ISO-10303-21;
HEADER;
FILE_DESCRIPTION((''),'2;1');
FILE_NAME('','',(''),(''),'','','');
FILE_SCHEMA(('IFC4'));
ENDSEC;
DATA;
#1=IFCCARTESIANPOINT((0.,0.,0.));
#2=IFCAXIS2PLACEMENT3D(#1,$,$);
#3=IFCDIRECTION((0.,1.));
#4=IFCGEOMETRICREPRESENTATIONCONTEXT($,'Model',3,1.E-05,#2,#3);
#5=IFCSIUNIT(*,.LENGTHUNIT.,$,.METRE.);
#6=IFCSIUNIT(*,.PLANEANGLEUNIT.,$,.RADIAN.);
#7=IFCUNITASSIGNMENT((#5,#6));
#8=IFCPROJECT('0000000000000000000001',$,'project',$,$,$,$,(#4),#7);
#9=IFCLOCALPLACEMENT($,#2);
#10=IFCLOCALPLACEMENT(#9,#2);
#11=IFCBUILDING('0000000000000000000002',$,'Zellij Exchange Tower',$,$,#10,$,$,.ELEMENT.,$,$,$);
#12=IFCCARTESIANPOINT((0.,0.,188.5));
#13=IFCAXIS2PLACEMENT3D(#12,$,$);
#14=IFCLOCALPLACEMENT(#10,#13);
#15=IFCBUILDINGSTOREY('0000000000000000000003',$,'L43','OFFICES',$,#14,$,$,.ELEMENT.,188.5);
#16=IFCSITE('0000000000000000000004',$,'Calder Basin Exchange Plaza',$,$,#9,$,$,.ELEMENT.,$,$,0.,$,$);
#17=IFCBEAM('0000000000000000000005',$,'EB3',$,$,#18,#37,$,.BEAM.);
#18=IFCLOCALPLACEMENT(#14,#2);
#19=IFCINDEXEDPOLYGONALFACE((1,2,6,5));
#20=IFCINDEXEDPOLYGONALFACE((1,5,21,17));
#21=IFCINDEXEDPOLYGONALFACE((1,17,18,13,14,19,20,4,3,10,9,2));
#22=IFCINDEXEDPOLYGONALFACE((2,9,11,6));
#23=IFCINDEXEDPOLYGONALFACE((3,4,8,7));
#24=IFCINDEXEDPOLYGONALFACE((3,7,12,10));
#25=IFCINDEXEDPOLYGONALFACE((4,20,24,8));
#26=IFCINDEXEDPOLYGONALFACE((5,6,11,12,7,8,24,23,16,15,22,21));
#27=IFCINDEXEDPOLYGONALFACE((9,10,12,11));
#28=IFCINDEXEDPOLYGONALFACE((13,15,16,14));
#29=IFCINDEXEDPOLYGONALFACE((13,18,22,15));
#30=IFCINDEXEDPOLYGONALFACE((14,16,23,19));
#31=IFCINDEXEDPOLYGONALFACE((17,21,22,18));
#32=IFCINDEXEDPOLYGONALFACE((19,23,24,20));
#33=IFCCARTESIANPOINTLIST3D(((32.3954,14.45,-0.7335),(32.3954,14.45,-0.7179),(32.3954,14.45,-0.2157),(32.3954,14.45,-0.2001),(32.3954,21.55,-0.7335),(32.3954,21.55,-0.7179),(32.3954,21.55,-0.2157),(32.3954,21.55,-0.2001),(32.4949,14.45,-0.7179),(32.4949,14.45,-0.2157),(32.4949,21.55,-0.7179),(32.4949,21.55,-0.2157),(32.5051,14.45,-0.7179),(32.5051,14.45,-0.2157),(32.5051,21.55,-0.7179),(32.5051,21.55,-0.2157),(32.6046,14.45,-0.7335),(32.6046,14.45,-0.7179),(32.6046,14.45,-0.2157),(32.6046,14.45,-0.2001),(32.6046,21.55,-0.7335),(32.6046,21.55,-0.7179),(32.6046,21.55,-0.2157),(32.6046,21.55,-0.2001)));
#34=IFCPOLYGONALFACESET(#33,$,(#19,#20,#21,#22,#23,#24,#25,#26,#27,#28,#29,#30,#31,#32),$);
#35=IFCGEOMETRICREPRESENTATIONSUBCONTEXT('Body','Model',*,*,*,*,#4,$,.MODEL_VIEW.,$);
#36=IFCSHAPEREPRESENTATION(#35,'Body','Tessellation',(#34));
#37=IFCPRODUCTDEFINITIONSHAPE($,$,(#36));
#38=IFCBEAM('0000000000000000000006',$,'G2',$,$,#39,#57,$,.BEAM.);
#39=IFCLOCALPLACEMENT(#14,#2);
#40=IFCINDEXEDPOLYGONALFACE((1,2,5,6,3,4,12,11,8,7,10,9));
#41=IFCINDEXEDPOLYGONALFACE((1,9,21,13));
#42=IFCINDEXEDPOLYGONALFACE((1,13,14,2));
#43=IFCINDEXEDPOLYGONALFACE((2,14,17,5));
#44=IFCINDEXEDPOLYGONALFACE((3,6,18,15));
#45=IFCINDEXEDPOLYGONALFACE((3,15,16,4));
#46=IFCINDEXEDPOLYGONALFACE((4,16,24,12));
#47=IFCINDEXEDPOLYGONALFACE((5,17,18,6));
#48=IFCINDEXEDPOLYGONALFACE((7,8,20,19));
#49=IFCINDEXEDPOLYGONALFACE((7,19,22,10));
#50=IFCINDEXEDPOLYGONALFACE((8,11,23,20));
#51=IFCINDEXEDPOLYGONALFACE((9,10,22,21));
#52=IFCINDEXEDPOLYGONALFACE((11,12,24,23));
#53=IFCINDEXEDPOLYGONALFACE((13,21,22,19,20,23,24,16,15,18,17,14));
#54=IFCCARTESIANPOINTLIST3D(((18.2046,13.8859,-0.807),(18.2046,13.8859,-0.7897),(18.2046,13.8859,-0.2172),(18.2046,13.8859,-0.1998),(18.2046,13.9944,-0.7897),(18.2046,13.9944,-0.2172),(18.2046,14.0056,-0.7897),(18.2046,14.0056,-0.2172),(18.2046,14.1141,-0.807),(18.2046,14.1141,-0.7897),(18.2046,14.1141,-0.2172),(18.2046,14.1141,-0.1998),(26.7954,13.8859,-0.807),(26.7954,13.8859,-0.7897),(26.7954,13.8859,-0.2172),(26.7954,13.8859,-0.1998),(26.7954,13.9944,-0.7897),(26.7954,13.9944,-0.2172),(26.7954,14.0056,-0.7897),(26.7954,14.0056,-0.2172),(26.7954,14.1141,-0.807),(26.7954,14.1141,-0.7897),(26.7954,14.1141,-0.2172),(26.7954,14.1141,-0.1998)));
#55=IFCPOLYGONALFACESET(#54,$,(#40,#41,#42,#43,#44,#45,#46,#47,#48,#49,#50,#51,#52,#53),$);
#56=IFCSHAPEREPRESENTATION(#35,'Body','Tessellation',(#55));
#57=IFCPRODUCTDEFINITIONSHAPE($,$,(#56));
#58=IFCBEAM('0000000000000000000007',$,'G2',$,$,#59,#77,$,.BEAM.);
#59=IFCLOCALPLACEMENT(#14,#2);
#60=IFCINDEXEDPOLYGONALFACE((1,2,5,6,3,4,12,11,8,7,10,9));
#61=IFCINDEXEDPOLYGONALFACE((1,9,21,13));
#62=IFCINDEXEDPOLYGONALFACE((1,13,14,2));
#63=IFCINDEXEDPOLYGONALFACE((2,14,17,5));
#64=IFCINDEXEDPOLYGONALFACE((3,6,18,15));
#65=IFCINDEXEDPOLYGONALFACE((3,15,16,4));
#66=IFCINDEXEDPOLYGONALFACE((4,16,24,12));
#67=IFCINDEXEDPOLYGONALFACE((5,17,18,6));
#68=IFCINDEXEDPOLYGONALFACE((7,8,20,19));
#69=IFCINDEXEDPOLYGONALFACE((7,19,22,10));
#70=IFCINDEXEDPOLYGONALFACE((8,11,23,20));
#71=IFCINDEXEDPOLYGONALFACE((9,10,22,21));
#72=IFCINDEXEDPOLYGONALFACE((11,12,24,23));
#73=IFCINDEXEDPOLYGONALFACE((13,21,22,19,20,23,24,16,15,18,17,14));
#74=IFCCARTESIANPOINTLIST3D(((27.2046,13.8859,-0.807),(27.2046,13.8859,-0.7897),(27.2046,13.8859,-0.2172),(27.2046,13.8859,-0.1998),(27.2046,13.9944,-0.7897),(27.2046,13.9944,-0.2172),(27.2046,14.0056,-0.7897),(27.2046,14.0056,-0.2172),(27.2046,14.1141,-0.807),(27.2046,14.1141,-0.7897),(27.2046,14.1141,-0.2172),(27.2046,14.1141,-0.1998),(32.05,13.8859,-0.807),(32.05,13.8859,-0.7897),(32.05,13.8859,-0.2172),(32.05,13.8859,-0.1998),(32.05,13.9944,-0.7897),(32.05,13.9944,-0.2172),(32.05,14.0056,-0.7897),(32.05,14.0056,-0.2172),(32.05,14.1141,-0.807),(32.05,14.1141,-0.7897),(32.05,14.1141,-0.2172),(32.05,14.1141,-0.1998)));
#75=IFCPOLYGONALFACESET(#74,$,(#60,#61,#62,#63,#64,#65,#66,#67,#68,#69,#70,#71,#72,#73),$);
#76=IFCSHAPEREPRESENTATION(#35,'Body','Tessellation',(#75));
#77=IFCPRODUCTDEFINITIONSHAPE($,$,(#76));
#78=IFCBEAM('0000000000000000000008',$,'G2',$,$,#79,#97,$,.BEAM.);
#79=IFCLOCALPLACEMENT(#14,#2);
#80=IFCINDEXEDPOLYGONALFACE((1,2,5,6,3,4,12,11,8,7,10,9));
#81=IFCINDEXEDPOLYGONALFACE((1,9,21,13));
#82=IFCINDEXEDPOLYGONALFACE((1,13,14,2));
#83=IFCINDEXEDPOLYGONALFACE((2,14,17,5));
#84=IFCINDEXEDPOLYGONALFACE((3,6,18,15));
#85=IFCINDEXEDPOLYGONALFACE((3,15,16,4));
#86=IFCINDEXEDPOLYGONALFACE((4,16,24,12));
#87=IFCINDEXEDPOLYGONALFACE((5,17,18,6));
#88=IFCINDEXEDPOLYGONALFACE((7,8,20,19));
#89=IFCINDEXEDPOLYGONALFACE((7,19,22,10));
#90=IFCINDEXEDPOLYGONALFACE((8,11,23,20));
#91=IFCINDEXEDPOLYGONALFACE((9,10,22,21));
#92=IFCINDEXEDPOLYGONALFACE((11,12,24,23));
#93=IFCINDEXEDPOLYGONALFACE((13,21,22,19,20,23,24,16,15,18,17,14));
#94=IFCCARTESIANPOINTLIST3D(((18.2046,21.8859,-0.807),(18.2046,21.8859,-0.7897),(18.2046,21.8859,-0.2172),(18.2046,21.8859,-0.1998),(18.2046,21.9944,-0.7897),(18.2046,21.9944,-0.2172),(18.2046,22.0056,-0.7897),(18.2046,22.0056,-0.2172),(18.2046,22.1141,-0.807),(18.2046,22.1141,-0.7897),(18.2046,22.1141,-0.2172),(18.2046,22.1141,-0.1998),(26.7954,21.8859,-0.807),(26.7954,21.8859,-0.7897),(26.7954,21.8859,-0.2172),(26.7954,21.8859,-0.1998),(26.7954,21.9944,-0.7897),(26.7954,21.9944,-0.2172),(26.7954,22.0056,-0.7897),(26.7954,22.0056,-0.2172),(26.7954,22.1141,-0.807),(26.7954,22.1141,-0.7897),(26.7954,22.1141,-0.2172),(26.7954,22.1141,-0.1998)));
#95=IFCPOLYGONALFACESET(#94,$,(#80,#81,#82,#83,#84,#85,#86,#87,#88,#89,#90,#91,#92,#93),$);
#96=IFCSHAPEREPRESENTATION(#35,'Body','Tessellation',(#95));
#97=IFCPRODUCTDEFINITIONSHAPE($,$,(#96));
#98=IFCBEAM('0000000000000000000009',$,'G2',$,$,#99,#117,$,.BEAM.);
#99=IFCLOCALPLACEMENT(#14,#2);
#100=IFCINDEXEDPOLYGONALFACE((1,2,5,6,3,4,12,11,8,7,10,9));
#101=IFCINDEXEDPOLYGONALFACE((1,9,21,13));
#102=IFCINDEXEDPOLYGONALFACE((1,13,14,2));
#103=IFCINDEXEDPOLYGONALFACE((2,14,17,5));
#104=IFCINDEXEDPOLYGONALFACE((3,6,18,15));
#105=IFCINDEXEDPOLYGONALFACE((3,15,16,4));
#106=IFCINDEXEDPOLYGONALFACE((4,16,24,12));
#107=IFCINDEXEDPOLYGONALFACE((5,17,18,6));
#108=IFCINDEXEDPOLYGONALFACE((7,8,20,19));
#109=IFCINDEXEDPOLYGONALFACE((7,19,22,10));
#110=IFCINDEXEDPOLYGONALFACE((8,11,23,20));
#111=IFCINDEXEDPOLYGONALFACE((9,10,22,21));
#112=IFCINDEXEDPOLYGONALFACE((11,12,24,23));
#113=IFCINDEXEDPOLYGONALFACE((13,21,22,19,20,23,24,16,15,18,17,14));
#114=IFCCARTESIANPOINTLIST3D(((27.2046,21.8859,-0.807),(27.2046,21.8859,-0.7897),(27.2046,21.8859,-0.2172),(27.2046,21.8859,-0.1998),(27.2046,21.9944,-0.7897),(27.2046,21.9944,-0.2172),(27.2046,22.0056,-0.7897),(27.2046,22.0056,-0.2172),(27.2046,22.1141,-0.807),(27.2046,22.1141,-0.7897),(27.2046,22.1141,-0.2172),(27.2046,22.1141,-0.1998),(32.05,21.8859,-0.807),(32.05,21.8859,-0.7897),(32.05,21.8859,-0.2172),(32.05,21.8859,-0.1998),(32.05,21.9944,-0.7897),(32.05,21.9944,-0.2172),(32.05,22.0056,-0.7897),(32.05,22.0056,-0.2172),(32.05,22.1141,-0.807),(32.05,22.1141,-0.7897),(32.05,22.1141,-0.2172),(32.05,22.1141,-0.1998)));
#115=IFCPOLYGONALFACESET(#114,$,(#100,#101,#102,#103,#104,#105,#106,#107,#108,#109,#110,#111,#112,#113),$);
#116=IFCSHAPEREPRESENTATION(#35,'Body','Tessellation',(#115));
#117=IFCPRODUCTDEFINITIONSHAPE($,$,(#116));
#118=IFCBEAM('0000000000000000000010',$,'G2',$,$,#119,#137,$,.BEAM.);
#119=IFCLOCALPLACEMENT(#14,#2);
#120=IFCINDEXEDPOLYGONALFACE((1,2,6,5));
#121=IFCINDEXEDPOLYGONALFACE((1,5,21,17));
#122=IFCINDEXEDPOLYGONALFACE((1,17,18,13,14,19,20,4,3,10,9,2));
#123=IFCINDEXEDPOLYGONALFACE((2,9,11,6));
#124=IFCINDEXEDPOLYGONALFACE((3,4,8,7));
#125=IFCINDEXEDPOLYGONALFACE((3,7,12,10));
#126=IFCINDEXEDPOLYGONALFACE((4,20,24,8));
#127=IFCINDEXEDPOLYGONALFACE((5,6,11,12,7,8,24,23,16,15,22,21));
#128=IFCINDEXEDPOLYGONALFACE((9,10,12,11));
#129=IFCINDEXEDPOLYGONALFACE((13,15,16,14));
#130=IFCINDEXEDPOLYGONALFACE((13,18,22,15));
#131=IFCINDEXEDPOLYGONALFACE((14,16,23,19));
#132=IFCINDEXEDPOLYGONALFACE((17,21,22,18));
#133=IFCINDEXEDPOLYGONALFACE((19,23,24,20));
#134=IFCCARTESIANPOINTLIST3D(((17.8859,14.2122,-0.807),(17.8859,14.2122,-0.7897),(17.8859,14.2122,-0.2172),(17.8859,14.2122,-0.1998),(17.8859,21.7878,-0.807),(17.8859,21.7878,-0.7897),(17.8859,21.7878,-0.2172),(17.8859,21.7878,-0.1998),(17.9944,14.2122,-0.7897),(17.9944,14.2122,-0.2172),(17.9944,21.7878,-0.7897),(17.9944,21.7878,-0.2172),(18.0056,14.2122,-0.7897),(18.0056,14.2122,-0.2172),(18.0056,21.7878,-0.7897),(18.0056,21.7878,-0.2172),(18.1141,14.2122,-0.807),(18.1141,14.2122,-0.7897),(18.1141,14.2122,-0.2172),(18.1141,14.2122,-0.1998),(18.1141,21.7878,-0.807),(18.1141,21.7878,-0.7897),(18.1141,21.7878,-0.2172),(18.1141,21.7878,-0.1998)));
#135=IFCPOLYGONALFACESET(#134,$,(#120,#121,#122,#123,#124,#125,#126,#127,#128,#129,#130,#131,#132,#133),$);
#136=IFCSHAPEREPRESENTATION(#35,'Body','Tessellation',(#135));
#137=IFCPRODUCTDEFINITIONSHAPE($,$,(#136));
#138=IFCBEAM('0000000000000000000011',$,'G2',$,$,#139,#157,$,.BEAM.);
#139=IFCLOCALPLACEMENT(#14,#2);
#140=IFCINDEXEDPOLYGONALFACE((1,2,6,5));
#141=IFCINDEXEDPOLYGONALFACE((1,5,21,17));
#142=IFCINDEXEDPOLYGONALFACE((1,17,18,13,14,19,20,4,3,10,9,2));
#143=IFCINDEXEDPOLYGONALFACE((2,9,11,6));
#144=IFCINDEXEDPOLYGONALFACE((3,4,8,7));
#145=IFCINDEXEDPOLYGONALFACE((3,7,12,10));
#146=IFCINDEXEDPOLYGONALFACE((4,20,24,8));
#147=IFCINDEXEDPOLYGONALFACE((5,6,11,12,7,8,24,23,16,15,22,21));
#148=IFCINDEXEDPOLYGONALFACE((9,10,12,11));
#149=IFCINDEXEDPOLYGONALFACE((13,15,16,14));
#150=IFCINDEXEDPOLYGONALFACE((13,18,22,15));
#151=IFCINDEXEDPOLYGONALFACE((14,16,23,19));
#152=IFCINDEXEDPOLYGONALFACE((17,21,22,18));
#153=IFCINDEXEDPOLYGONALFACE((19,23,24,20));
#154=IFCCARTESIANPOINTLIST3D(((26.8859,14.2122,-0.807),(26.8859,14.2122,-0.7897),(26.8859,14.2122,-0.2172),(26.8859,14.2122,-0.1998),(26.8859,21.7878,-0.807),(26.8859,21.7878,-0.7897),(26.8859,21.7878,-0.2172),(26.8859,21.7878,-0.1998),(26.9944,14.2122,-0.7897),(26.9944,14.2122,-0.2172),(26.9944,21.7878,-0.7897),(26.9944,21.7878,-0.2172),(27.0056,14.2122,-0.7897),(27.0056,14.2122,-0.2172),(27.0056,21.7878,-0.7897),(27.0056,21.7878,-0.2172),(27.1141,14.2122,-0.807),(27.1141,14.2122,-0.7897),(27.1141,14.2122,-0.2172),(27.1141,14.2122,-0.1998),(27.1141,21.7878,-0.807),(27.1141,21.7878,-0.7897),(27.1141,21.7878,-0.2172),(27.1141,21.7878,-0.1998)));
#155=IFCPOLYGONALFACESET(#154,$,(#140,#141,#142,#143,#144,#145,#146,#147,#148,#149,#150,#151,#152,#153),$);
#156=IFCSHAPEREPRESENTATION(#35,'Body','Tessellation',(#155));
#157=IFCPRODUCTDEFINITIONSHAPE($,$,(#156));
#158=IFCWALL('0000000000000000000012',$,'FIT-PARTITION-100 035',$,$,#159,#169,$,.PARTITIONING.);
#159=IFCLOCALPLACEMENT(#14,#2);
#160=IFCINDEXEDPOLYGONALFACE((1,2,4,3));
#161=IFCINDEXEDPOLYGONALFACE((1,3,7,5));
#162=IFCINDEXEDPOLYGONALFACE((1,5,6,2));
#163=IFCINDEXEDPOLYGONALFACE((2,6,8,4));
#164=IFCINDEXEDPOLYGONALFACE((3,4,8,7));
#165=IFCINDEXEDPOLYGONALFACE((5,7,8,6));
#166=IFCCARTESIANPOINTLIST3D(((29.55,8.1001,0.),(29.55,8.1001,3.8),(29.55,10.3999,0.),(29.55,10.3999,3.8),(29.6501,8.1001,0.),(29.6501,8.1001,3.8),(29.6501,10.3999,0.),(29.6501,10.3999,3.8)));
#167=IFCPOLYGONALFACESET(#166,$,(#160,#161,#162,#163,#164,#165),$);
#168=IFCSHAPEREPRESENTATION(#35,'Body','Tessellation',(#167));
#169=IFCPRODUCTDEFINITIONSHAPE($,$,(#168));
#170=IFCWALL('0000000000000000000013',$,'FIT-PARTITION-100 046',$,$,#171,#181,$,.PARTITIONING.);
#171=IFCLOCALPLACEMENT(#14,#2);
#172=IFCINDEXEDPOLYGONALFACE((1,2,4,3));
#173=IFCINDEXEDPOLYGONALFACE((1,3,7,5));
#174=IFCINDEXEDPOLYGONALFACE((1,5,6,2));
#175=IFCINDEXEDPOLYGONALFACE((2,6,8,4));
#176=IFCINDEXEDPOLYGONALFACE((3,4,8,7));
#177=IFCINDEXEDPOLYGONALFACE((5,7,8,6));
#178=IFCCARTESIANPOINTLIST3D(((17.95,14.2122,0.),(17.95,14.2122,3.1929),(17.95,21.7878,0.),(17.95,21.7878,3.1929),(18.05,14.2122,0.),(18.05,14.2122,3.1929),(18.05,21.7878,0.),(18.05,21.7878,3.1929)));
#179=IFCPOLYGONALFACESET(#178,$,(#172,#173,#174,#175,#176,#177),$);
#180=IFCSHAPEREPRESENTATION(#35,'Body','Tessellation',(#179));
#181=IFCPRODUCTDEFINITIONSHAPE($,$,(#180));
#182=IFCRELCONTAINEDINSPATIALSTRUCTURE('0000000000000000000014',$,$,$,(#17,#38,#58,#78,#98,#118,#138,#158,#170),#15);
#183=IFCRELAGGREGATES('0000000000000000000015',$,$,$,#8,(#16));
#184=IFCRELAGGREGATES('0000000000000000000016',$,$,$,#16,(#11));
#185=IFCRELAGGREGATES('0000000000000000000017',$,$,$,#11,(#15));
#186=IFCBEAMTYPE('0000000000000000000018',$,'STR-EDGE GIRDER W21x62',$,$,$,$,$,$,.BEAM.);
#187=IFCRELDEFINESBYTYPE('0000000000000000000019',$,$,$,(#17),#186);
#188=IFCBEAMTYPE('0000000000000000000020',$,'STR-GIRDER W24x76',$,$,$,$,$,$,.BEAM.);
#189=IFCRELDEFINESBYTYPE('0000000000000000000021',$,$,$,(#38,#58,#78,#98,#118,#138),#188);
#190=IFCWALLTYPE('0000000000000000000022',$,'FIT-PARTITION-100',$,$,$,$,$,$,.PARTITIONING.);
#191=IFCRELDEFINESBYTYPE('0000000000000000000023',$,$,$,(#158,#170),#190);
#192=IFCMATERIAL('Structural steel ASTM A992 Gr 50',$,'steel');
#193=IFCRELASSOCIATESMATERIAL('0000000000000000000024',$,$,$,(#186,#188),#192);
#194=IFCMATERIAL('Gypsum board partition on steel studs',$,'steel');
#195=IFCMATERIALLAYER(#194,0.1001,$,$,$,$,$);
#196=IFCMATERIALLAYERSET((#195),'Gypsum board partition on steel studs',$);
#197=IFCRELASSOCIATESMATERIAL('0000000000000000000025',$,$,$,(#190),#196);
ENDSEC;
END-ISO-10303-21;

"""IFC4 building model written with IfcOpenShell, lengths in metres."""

from ifc_helpers import new_model, si_unit, direction, frame, frame_2d, origin, origin_2d, place, context, subcontext, project, spatial, rectangle, i_section, extrude, material, layer, layer_set, material_profile, profile_set, type_object, element, save


model = new_model("IFC4")

# Units and contexts
model_context = context("Model", 3, precision=1e-05, world=origin(), true_north=direction((0.0, 1.0)))
body_context = subcontext(model_context, "Body", "Model", "MODEL_VIEW")
ifc_project = project(units=[si_unit("LENGTHUNIT", "METRE"), si_unit("PLANEANGLEUNIT", "RADIAN")], contexts=[model_context])

# Site, building, storey
site_placement = place(None, origin())
site = spatial("IfcSite", under=ifc_project, at=site_placement, Name="Calder Basin Exchange Plaza", CompositionType="ELEMENT", RefElevation=0.0)
building_placement = place(site_placement, origin())
building = spatial("IfcBuilding", under=site, at=building_placement, Name="Zellij Exchange Tower", CompositionType="ELEMENT")
storey_placement = place(building_placement, frame((0.0, 0.0, 188.5)))
storey = spatial("IfcBuildingStorey", under=building, at=storey_placement, Name="L43", Description="OFFICES", CompositionType="ELEMENT", Elevation=188.5)

# Beams
ifc_material_1 = material(Name="Structural steel ASTM A992 Gr 50", Category="steel")
ifc_material_profile_1 = material_profile(ifc_material_1, i_section(OverallWidth=0.2092, OverallDepth=0.5334, WebThickness=0.0103, FlangeThickness=0.0156, at=origin_2d()), Name="W21x62")
ifc_profile_set_1 = profile_set([ifc_material_profile_1], Name="Structural steel ASTM A992 Gr 50")
beam_type_1 = type_object("IfcBeamType", Name="STR-EDGE GIRDER W21x62", PredefinedType="BEAM", material=ifc_profile_set_1)
beam_1_placement = place(storey_placement, frame((32.5, 14.45, -0.4668), z_axis=(0.0, 1.0, 0.0), x_axis=(-1.0, 0.0, 0.0)))
element("IfcBeam", 1, at=beam_1_placement, inside=storey, type_object=beam_type_1, Name="EB3", PredefinedType="BEAM", context=body_context, shape_type="SweptSolid", body=[
    extrude(i_section(OverallWidth=0.2092, OverallDepth=0.5334, WebThickness=0.0103, FlangeThickness=0.0156, at=origin_2d()), origin(), (0.0, 0.0, 1.0), 7.1001),
])
ifc_material_profile_2 = material_profile(ifc_material_1, i_section(OverallWidth=0.2283, OverallDepth=0.6072, WebThickness=0.0112, FlangeThickness=0.0173, at=origin_2d()), Name="W24x76")
ifc_profile_set_2 = profile_set([ifc_material_profile_2], Name="Structural steel ASTM A992 Gr 50")
beam_type_2 = type_object("IfcBeamType", Name="STR-GIRDER W24x76", PredefinedType="BEAM", material=ifc_profile_set_2)
beam_2_placement = place(storey_placement, frame((18.2046, 14.0, -0.5034), z_axis=(1.0, 0.0, 0.0), x_axis=(0.0, 1.0, 0.0)))
element("IfcBeam", 2, at=beam_2_placement, inside=storey, type_object=beam_type_2, Name="G2", PredefinedType="BEAM", context=body_context, shape_type="SweptSolid", body=[
    extrude(i_section(OverallWidth=0.2283, OverallDepth=0.6072, WebThickness=0.0112, FlangeThickness=0.0173, at=origin_2d()), origin(), (0.0, 0.0, 1.0), 8.5908),
])
beam_3_placement = place(storey_placement, frame((27.2046, 14.0, -0.5034), z_axis=(1.0, 0.0, 0.0), x_axis=(0.0, 1.0, 0.0)))
element("IfcBeam", 3, at=beam_3_placement, inside=storey, type_object=beam_type_2, Name="G2", PredefinedType="BEAM", context=body_context, shape_type="SweptSolid", body=[
    extrude(i_section(OverallWidth=0.2283, OverallDepth=0.6072, WebThickness=0.0112, FlangeThickness=0.0173, at=origin_2d()), origin(), (0.0, 0.0, 1.0), 4.8455),
])
beam_4_placement = place(storey_placement, frame((18.2046, 22.0, -0.5034), z_axis=(1.0, 0.0, 0.0), x_axis=(0.0, 1.0, 0.0)))
element("IfcBeam", 4, at=beam_4_placement, inside=storey, type_object=beam_type_2, Name="G2", PredefinedType="BEAM", context=body_context, shape_type="SweptSolid", body=[
    extrude(i_section(OverallWidth=0.2283, OverallDepth=0.6072, WebThickness=0.0112, FlangeThickness=0.0173, at=origin_2d()), origin(), (0.0, 0.0, 1.0), 8.5908),
])
beam_5_placement = place(storey_placement, frame((27.2046, 22.0, -0.5034), z_axis=(1.0, 0.0, 0.0), x_axis=(0.0, 1.0, 0.0)))
element("IfcBeam", 5, at=beam_5_placement, inside=storey, type_object=beam_type_2, Name="G2", PredefinedType="BEAM", context=body_context, shape_type="SweptSolid", body=[
    extrude(i_section(OverallWidth=0.2283, OverallDepth=0.6072, WebThickness=0.0112, FlangeThickness=0.0173, at=origin_2d()), origin(), (0.0, 0.0, 1.0), 4.8455),
])
for number, where, z_axis, x_axis, name in (
    (6, (18.0, 14.2122, -0.5034), (0.0, 1.0, 0.0), (-1.0, 0.0, 0.0), "G2"),
    (7, (27.0, 14.2122, -0.5034), (0.0, 1.0, 0.0), (-1.0, 0.0, 0.0), "G2"),
):
    element("IfcBeam", number, at=place(storey_placement, frame(where, z_axis=z_axis, x_axis=x_axis)), inside=storey, type_object=beam_type_2, Name=name, PredefinedType="BEAM", context=body_context, shape_type="SweptSolid", body=[
        extrude(i_section(OverallWidth=0.2283, OverallDepth=0.6072, WebThickness=0.0112, FlangeThickness=0.0173, at=origin_2d()), origin(), (0.0, 0.0, 1.0), 7.5757),
    ])

# Walls
ifc_material_2 = material(Name="Gypsum board partition on steel studs", Category="steel")
ifc_layer_1 = layer(ifc_material_2, 0.1001)
ifc_layer_set_1 = layer_set([ifc_layer_1], Name="Gypsum board partition on steel studs")
wall_type = type_object("IfcWallType", Name="FIT-PARTITION-100", PredefinedType="PARTITIONING", material=ifc_layer_set_1)
wall_1_placement = place(storey_placement, frame((29.6001, 8.1001, 0.0), z_axis=(0.0, 0.0, 1.0), x_axis=(0.0, 1.0, 0.0)))
element("IfcWall", 8, at=wall_1_placement, inside=storey, type_object=wall_type, Name="FIT-PARTITION-100 035", PredefinedType="PARTITIONING", context=body_context, shape_type="SweptSolid", body=[
    extrude(rectangle(XDim=2.2998, YDim=0.1001, at=frame_2d((1.1499, 0.0))), origin(), (0.0, 0.0, 1.0), 3.8),
])
wall_2_placement = place(storey_placement, frame((18.0, 14.2122, 0.0), z_axis=(0.0, 0.0, 1.0), x_axis=(0.0, 1.0, 0.0)))
element("IfcWall", 9, at=wall_2_placement, inside=storey, type_object=wall_type, Name="FIT-PARTITION-100 046", PredefinedType="PARTITIONING", context=body_context, shape_type="SweptSolid", body=[
    extrude(rectangle(XDim=7.5757, YDim=0.1001, at=frame_2d((3.7878, 0.0))), origin(), (0.0, 0.0, 1.0), 3.1929),
])

save(model, "model.ifc")
